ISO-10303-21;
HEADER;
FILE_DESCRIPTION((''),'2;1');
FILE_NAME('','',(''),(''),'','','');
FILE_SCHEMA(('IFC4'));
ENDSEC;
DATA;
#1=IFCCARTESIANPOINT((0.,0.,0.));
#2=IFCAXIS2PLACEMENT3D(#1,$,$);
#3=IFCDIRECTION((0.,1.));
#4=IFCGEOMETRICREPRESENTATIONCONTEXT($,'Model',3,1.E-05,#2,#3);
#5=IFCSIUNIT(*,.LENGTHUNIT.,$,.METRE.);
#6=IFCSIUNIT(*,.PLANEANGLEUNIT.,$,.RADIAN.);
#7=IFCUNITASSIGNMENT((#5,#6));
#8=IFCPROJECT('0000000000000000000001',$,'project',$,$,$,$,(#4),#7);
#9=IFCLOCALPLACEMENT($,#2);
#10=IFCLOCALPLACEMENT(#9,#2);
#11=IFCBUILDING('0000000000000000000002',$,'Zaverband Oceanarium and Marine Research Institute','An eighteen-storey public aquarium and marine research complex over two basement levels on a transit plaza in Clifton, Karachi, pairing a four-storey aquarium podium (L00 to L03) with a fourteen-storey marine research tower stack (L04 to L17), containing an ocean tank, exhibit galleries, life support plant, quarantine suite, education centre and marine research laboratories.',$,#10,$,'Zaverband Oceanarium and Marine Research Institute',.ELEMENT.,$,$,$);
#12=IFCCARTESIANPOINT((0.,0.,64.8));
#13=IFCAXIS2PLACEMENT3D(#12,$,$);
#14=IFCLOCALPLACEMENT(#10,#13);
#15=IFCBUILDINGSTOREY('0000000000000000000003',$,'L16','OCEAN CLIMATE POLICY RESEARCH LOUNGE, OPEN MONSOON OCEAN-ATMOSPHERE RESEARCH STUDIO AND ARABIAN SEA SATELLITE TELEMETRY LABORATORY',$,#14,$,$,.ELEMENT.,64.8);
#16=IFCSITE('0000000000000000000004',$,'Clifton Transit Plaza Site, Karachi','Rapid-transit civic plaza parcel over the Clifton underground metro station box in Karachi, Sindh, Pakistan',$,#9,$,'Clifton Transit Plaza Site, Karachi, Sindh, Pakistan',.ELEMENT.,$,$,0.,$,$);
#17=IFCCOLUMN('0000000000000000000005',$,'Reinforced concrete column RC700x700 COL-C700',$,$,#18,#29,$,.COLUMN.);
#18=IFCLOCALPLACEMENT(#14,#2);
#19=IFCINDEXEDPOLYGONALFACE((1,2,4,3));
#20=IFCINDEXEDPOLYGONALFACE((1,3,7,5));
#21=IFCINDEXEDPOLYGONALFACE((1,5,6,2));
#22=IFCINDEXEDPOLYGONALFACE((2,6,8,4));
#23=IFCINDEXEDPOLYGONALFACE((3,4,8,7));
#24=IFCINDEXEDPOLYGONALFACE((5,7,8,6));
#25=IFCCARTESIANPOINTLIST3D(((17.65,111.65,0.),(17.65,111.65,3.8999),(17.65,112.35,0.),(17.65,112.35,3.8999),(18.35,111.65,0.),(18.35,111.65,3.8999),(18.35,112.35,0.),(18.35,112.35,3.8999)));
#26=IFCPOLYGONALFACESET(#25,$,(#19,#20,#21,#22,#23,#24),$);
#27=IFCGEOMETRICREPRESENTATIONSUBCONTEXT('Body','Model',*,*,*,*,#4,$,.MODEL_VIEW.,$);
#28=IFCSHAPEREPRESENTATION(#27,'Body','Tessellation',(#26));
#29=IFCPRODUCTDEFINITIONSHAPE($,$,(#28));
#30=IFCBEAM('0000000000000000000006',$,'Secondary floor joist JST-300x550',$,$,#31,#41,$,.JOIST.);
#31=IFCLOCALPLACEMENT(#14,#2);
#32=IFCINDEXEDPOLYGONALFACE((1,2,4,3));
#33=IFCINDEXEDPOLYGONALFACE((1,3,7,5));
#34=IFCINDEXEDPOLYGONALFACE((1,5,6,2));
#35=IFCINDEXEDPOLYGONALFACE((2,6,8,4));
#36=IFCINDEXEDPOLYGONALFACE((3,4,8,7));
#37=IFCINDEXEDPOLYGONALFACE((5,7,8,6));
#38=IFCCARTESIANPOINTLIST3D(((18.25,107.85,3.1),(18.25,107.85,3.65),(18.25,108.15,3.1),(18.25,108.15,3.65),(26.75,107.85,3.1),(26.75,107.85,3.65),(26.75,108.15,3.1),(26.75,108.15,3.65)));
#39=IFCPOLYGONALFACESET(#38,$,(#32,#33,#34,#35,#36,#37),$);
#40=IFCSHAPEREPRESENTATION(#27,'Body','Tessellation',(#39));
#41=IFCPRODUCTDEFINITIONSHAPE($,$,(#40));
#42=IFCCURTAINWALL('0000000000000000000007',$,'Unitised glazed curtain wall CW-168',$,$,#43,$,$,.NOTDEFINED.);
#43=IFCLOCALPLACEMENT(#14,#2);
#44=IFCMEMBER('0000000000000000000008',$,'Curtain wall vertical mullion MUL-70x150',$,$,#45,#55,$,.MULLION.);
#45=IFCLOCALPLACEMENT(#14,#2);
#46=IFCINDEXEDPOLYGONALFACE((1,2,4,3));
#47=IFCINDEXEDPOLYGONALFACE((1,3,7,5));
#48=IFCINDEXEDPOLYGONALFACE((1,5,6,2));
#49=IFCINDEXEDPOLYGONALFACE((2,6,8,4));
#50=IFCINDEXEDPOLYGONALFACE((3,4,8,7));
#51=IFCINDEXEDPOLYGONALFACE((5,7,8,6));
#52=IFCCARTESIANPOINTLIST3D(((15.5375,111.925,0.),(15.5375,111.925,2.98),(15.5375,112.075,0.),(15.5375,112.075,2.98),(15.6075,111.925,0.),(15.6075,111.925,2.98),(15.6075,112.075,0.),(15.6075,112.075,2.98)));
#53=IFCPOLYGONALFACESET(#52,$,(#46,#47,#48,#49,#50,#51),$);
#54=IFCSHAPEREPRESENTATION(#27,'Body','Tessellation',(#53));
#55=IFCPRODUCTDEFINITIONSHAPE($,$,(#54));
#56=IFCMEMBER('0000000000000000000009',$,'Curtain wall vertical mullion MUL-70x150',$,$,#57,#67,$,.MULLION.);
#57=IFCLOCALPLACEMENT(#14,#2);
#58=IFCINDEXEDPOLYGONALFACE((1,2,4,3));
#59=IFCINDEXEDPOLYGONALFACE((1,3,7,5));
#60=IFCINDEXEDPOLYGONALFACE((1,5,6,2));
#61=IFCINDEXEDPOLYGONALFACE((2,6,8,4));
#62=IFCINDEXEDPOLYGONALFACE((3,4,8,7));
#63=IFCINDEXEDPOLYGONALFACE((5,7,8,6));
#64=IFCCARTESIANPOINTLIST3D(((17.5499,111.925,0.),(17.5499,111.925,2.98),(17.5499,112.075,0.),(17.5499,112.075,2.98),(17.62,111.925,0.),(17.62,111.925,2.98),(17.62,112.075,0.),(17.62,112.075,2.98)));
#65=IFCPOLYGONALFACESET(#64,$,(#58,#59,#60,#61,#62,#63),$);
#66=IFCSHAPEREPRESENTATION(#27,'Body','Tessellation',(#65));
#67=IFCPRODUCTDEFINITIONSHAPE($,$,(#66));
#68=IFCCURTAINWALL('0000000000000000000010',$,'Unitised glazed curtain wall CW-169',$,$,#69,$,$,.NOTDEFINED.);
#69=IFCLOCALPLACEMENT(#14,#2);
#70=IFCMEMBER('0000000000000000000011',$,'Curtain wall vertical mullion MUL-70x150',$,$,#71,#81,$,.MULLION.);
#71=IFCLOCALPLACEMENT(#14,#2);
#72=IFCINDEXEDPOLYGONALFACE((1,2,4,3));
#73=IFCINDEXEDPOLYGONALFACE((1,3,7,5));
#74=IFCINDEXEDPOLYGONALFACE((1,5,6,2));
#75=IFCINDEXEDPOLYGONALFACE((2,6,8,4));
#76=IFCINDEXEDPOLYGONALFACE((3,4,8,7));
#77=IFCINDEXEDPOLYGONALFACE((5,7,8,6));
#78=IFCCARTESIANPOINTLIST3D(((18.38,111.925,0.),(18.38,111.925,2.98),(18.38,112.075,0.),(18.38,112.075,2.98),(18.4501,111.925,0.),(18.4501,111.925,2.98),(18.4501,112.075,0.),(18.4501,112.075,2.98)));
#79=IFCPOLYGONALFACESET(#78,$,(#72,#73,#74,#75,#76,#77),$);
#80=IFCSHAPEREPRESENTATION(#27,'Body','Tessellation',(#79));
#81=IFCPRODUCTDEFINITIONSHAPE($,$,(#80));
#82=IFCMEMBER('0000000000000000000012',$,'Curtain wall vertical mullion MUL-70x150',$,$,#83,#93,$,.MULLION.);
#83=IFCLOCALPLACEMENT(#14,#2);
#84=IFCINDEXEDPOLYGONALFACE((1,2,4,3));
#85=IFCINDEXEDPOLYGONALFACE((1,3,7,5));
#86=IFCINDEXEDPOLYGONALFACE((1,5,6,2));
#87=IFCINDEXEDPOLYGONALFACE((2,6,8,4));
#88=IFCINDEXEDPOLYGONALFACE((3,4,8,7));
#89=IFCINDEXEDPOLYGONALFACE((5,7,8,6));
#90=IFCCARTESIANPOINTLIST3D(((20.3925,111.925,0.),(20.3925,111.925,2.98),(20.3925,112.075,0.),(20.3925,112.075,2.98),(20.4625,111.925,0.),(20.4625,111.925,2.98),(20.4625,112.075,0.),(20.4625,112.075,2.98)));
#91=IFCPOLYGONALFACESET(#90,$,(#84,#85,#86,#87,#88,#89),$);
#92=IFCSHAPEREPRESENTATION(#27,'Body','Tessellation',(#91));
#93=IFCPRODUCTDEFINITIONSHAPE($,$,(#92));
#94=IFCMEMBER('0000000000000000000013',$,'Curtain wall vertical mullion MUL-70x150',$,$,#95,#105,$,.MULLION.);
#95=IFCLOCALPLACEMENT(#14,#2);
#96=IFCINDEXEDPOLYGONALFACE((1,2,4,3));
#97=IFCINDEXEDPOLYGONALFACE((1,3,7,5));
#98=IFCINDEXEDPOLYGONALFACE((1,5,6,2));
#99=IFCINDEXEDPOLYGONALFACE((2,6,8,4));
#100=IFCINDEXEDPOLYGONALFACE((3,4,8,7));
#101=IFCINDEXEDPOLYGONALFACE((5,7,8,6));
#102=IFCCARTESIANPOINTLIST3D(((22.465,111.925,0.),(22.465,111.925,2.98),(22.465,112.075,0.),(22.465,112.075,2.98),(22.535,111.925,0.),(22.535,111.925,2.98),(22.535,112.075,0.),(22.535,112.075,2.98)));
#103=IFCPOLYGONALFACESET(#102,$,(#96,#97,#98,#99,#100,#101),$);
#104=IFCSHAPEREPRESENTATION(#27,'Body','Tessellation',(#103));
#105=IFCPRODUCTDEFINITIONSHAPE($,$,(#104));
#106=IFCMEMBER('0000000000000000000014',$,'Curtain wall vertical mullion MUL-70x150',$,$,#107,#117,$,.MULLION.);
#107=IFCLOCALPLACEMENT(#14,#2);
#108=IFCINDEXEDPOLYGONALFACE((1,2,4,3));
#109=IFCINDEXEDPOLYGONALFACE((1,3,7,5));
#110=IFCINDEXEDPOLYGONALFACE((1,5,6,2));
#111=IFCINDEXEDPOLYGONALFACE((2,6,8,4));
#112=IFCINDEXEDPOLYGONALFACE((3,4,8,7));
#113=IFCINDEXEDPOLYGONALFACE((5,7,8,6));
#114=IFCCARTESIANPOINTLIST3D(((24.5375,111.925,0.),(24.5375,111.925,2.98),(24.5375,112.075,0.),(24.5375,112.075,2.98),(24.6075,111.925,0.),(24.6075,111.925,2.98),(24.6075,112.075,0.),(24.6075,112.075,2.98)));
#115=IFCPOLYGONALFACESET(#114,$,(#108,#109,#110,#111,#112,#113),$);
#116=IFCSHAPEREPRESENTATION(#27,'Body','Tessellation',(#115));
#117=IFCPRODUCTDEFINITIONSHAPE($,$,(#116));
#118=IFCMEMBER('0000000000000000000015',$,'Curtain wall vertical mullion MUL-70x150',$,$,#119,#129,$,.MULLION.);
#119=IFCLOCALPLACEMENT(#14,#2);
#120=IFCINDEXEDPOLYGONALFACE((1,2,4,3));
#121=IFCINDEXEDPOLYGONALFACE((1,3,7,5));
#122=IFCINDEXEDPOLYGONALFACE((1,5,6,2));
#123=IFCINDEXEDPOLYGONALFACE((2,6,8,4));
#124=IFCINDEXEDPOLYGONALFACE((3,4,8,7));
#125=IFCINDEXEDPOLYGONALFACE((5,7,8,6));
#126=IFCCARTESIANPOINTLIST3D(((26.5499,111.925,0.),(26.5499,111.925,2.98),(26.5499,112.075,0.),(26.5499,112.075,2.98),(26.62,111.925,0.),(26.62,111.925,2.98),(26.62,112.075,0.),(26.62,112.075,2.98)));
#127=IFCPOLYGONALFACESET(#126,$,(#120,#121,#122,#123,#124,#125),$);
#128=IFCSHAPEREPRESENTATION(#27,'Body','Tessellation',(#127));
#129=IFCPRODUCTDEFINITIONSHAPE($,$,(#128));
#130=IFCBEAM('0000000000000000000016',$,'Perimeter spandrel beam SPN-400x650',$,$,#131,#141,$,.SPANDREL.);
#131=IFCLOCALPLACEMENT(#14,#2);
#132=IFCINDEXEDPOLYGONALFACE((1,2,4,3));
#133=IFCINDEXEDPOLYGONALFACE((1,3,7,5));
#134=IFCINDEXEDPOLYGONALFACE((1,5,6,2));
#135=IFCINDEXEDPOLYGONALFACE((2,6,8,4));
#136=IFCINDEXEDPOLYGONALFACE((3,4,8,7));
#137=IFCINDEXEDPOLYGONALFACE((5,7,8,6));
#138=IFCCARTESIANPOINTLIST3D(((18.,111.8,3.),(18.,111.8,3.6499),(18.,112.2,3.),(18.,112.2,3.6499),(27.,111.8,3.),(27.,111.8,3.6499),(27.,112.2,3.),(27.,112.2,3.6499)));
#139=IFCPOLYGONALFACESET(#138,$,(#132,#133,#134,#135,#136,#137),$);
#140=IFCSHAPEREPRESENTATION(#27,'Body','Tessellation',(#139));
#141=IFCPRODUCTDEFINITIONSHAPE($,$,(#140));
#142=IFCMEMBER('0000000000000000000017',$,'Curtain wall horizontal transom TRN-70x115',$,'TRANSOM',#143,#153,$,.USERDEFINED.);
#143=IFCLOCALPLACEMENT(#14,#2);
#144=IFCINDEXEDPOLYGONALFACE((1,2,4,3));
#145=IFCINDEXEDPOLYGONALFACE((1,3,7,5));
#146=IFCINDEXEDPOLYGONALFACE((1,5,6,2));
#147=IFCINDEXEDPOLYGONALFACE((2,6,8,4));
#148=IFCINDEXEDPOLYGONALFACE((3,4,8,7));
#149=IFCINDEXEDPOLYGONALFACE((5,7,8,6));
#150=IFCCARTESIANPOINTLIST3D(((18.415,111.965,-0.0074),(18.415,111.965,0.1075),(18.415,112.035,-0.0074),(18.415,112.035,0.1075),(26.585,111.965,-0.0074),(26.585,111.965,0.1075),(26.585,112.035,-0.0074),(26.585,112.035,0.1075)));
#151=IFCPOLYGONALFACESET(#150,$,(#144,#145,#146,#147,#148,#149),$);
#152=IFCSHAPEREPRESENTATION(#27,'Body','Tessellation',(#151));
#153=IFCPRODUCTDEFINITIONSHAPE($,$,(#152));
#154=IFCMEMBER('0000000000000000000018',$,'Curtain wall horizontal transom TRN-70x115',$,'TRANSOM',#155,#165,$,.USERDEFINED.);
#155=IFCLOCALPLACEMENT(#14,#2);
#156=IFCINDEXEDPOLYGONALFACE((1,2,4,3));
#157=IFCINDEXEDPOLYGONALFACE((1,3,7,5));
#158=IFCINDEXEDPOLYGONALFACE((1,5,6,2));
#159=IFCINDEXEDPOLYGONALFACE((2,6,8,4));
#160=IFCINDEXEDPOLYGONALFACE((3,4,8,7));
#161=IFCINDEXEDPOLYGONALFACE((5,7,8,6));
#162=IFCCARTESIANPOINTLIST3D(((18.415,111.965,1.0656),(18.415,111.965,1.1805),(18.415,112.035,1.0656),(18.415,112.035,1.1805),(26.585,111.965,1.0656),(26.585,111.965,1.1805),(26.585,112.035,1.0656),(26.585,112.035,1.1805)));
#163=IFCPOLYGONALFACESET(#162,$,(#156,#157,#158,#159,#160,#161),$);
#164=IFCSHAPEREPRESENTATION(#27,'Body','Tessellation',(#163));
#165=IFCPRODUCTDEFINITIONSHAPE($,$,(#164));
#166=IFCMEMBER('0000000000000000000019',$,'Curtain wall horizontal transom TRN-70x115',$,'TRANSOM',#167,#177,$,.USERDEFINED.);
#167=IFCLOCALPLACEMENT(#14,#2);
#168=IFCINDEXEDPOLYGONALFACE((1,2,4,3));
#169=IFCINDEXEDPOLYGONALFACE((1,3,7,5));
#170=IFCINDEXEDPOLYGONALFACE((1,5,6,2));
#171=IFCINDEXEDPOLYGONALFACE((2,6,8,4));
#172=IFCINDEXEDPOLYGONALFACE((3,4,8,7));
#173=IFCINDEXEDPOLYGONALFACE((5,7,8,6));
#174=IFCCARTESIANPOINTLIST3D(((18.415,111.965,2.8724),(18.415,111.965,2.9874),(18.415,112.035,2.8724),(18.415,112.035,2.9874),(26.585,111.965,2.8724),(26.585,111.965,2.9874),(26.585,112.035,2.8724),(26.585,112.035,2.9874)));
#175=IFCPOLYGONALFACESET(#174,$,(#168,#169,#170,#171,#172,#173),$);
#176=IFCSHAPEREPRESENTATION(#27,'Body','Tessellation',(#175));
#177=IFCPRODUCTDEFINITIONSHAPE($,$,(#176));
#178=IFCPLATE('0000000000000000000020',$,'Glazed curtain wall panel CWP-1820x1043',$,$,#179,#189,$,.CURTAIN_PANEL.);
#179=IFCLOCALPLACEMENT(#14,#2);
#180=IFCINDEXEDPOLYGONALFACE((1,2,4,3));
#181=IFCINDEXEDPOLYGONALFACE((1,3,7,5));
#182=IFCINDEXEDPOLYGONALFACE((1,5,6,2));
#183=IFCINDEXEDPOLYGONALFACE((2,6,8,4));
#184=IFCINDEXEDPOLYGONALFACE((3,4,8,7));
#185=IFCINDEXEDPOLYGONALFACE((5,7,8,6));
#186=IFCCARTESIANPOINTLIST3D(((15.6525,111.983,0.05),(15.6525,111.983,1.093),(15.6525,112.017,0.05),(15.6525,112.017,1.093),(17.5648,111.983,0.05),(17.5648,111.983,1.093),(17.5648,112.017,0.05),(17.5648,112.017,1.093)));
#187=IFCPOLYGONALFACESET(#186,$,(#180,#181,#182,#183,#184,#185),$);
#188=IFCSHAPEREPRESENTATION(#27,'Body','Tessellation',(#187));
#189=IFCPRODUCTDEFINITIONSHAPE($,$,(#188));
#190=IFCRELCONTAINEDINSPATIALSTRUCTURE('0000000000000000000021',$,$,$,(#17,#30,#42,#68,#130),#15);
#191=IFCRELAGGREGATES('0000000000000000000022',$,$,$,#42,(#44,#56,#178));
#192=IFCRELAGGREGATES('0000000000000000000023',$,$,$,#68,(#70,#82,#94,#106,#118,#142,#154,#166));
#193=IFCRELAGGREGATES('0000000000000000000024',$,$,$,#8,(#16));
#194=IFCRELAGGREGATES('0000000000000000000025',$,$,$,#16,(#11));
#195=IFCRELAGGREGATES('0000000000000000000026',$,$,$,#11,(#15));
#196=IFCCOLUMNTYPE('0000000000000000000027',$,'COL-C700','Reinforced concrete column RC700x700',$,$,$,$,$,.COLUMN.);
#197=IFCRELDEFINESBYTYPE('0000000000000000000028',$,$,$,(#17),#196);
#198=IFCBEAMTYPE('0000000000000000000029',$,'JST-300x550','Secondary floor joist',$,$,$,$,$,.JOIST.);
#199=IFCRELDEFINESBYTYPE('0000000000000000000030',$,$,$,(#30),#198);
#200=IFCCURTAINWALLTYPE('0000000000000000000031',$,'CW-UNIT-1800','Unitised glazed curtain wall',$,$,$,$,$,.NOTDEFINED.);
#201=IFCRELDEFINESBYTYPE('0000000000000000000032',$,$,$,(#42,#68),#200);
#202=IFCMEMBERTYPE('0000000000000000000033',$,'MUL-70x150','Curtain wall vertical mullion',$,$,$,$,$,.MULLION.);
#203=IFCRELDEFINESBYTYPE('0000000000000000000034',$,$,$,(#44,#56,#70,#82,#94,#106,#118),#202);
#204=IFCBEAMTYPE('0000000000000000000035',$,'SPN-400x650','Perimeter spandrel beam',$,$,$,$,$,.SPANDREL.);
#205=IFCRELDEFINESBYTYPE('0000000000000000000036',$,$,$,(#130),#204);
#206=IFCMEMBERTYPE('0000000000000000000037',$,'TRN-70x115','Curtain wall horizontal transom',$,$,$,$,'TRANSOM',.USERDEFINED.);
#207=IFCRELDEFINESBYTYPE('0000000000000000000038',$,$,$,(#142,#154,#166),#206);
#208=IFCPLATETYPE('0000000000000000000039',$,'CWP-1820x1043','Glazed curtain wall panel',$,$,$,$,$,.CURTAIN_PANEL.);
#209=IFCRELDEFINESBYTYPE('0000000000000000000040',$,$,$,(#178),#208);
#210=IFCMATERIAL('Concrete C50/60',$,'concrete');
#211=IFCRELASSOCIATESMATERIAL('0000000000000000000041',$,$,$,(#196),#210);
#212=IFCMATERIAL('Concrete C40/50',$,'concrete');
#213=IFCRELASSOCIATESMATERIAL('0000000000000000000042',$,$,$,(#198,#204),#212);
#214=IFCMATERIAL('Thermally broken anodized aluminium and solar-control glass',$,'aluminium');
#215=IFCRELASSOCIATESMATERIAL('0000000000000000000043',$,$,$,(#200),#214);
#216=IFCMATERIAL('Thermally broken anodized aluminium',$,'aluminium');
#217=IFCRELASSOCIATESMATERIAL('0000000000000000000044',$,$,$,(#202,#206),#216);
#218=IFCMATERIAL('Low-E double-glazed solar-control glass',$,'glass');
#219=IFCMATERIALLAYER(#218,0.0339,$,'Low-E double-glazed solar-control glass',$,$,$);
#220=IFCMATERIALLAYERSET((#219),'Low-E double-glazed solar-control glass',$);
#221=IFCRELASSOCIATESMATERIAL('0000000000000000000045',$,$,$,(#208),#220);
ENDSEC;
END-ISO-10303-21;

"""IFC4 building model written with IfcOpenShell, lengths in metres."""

from ifc_helpers import new_model, si_unit, direction, frame, frame_2d, origin, origin_2d, place, context, subcontext, project, spatial, rectangle, extrude, material, layer, layer_set, material_profile, profile_set, type_object, element, aggregate, save


model = new_model("IFC4")

# Units and contexts
model_context = context("Model", 3, precision=1e-05, world=origin(), true_north=direction((0.0, 1.0)))
body_context = subcontext(model_context, "Body", "Model", "MODEL_VIEW")
ifc_project = project(units=[si_unit("LENGTHUNIT", "METRE"), si_unit("PLANEANGLEUNIT", "RADIAN")], contexts=[model_context])

# Site, building, storey
site_placement = place(None, origin())
site = spatial("IfcSite", under=ifc_project, at=site_placement, Name="Clifton Transit Plaza Site, Karachi", Description="Rapid-transit civic plaza parcel over the Clifton underground metro station box in Karachi, Sindh, Pakistan", LongName="Clifton Transit Plaza Site, Karachi, Sindh, Pakistan", CompositionType="ELEMENT", RefElevation=0.0)
building_placement = place(site_placement, origin())
building = spatial("IfcBuilding", under=site, at=building_placement, Name="Zaverband Oceanarium and Marine Research Institute", Description="An eighteen-storey public aquarium and marine research complex over two basement levels on a transit plaza in Clifton, Karachi, pairing a four-storey aquarium podium (L00 to L03) with a fourteen-storey marine research tower stack (L04 to L17), containing an ocean tank, exhibit galleries, life support plant, quarantine suite, education centre and marine research laboratories.", LongName="Zaverband Oceanarium and Marine Research Institute", CompositionType="ELEMENT")
storey_placement = place(building_placement, frame((0.0, 0.0, 64.8)))
storey = spatial("IfcBuildingStorey", under=building, at=storey_placement, Name="L16", Description="OCEAN CLIMATE POLICY RESEARCH LOUNGE, OPEN MONSOON OCEAN-ATMOSPHERE RESEARCH STUDIO AND ARABIAN SEA SATELLITE TELEMETRY LABORATORY", CompositionType="ELEMENT", Elevation=64.8)

# Column
ifc_material_1 = material(Name="Concrete C50/60", Category="concrete")
ifc_material_profile_1 = material_profile(ifc_material_1, rectangle(XDim=0.7, YDim=0.7, at=origin_2d()), Name="RC700x700")
ifc_profile_set_1 = profile_set([ifc_material_profile_1], Name="Concrete C50/60")
column_type = type_object("IfcColumnType", Name="COL-C700", Description="Reinforced concrete column RC700x700", PredefinedType="COLUMN", material=ifc_profile_set_1)
column_placement = place(storey_placement, frame((18.0, 112.0, 0.0), z_axis=(0.0, 0.0, 1.0), x_axis=(1.0, 0.0, 0.0)))
element("IfcColumn", 1, at=column_placement, inside=storey, type_object=column_type, Name="Reinforced concrete column RC700x700 COL-C700", PredefinedType="COLUMN", context=body_context, shape_type="SweptSolid", body=[
    extrude(rectangle(XDim=0.7, YDim=0.7, at=origin_2d()), origin(), (0.0, 0.0, 1.0), 3.8999),
])

# Beam
ifc_material_2 = material(Name="Concrete C40/50", Category="concrete")
ifc_material_profile_2 = material_profile(ifc_material_2, rectangle(XDim=0.3, YDim=0.55, at=origin_2d()), Name="RC300x550")
ifc_profile_set_2 = profile_set([ifc_material_profile_2], Name="Concrete C40/50")
beam_type_1 = type_object("IfcBeamType", Name="JST-300x550", Description="Secondary floor joist", PredefinedType="JOIST", material=ifc_profile_set_2)
beam_1_placement = place(storey_placement, frame((18.25, 108.0, 3.375), z_axis=(1.0, 0.0, 0.0), x_axis=(0.0, 1.0, 0.0)))
element("IfcBeam", 2, at=beam_1_placement, inside=storey, type_object=beam_type_1, Name="Secondary floor joist JST-300x550", PredefinedType="JOIST", context=body_context, shape_type="SweptSolid", body=[
    extrude(rectangle(XDim=0.3, YDim=0.55, at=origin_2d()), origin(), (0.0, 0.0, 1.0), 8.5),
])

# Curtain walls, members
ifc_material_3 = material(Name="Thermally broken anodized aluminium and solar-control glass", Category="aluminium")
curtain_wall_type = type_object("IfcCurtainWallType", Name="CW-UNIT-1800", Description="Unitised glazed curtain wall", PredefinedType="NOTDEFINED", material=ifc_material_3)
curtain_wall_1_placement = place(storey_placement, origin())
curtain_wall_1 = element("IfcCurtainWall", 3, at=curtain_wall_1_placement, inside=storey, type_object=curtain_wall_type, Name="Unitised glazed curtain wall CW-168", PredefinedType="NOTDEFINED")
ifc_material_4 = material(Name="Thermally broken anodized aluminium", Category="aluminium")
ifc_material_profile_3 = material_profile(ifc_material_4, rectangle(XDim=0.0701, YDim=0.1499, at=origin_2d()), Name="AL-MUL-70x150")
ifc_profile_set_3 = profile_set([ifc_material_profile_3], Name="Thermally broken anodized aluminium")
member_type_1 = type_object("IfcMemberType", Name="MUL-70x150", Description="Curtain wall vertical mullion", PredefinedType="MULLION", material=ifc_profile_set_3)
member_1_placement = place(storey_placement, frame((15.5725, 112.0, 0.0), z_axis=(0.0, 0.0, 1.0), x_axis=(1.0, 0.0, 0.0)))
member_1 = element("IfcMember", 4, at=member_1_placement, type_object=member_type_1, Name="Curtain wall vertical mullion MUL-70x150", PredefinedType="MULLION", context=body_context, shape_type="SweptSolid", body=[
    extrude(rectangle(XDim=0.0701, YDim=0.1499, at=origin_2d()), origin(), (0.0, 0.0, 1.0), 2.98),
])
member_2_placement = place(storey_placement, frame((17.585, 112.0, 0.0), z_axis=(0.0, 0.0, 1.0), x_axis=(1.0, 0.0, 0.0)))
member_2 = element("IfcMember", 5, at=member_2_placement, type_object=member_type_1, Name="Curtain wall vertical mullion MUL-70x150", PredefinedType="MULLION", context=body_context, shape_type="SweptSolid", body=[
    extrude(rectangle(XDim=0.0701, YDim=0.1499, at=origin_2d()), origin(), (0.0, 0.0, 1.0), 2.98),
])
curtain_wall_2_placement = place(storey_placement, origin())
curtain_wall_2 = element("IfcCurtainWall", 6, at=curtain_wall_2_placement, inside=storey, type_object=curtain_wall_type, Name="Unitised glazed curtain wall CW-169", PredefinedType="NOTDEFINED")
member_3_placement = place(storey_placement, frame((18.415, 112.0, 0.0), z_axis=(0.0, 0.0, 1.0), x_axis=(1.0, 0.0, 0.0)))
member_3 = element("IfcMember", 7, at=member_3_placement, type_object=member_type_1, Name="Curtain wall vertical mullion MUL-70x150", PredefinedType="MULLION", context=body_context, shape_type="SweptSolid", body=[
    extrude(rectangle(XDim=0.0701, YDim=0.1499, at=origin_2d()), origin(), (0.0, 0.0, 1.0), 2.98),
])
member_4_placement = place(storey_placement, frame((20.4275, 112.0, 0.0), z_axis=(0.0, 0.0, 1.0), x_axis=(1.0, 0.0, 0.0)))
member_4 = element("IfcMember", 8, at=member_4_placement, type_object=member_type_1, Name="Curtain wall vertical mullion MUL-70x150", PredefinedType="MULLION", context=body_context, shape_type="SweptSolid", body=[
    extrude(rectangle(XDim=0.0701, YDim=0.1499, at=origin_2d()), origin(), (0.0, 0.0, 1.0), 2.98),
])
member_5_placement = place(storey_placement, frame((22.5, 112.0, 0.0), z_axis=(0.0, 0.0, 1.0), x_axis=(1.0, 0.0, 0.0)))
member_5 = element("IfcMember", 9, at=member_5_placement, type_object=member_type_1, Name="Curtain wall vertical mullion MUL-70x150", PredefinedType="MULLION", context=body_context, shape_type="SweptSolid", body=[
    extrude(rectangle(XDim=0.0701, YDim=0.1499, at=origin_2d()), origin(), (0.0, 0.0, 1.0), 2.98),
])
member_6_placement = place(storey_placement, frame((24.5725, 112.0, 0.0), z_axis=(0.0, 0.0, 1.0), x_axis=(1.0, 0.0, 0.0)))
member_6 = element("IfcMember", 10, at=member_6_placement, type_object=member_type_1, Name="Curtain wall vertical mullion MUL-70x150", PredefinedType="MULLION", context=body_context, shape_type="SweptSolid", body=[
    extrude(rectangle(XDim=0.0701, YDim=0.1499, at=origin_2d()), origin(), (0.0, 0.0, 1.0), 2.98),
])
member_7_placement = place(storey_placement, frame((26.585, 112.0, 0.0), z_axis=(0.0, 0.0, 1.0), x_axis=(1.0, 0.0, 0.0)))
member_7 = element("IfcMember", 11, at=member_7_placement, type_object=member_type_1, Name="Curtain wall vertical mullion MUL-70x150", PredefinedType="MULLION", context=body_context, shape_type="SweptSolid", body=[
    extrude(rectangle(XDim=0.0701, YDim=0.1499, at=origin_2d()), origin(), (0.0, 0.0, 1.0), 2.98),
])

# Beam
ifc_material_profile_4 = material_profile(ifc_material_2, rectangle(XDim=0.3999, YDim=0.6499, at=origin_2d()), Name="RC400x650")
ifc_profile_set_4 = profile_set([ifc_material_profile_4], Name="Concrete C40/50")
beam_type_2 = type_object("IfcBeamType", Name="SPN-400x650", Description="Perimeter spandrel beam", PredefinedType="SPANDREL", material=ifc_profile_set_4)
beam_2_placement = place(storey_placement, frame((18.0, 112.0, 3.325), z_axis=(1.0, 0.0, 0.0), x_axis=(0.0, 1.0, 0.0)))
element("IfcBeam", 12, at=beam_2_placement, inside=storey, type_object=beam_type_2, Name="Perimeter spandrel beam SPN-400x650", PredefinedType="SPANDREL", context=body_context, shape_type="SweptSolid", body=[
    extrude(rectangle(XDim=0.3999, YDim=0.6499, at=origin_2d()), origin(), (0.0, 0.0, 1.0), 9.0),
])

# Members
ifc_material_profile_5 = material_profile(ifc_material_4, rectangle(XDim=0.0701, YDim=0.115, at=origin_2d()), Name="AL-TRN-70x115")
ifc_profile_set_5 = profile_set([ifc_material_profile_5], Name="Thermally broken anodized aluminium")
member_type_2 = type_object("IfcMemberType", Name="TRN-70x115", Description="Curtain wall horizontal transom", ElementType="TRANSOM", PredefinedType="USERDEFINED", material=ifc_profile_set_5)
member_8_placement = place(storey_placement, frame((18.415, 112.0, 0.05), z_axis=(1.0, 0.0, 0.0), x_axis=(0.0, 1.0, 0.0)))
member_8 = element("IfcMember", 13, at=member_8_placement, type_object=member_type_2, Name="Curtain wall horizontal transom TRN-70x115", ObjectType="TRANSOM", PredefinedType="USERDEFINED", context=body_context, shape_type="SweptSolid", body=[
    extrude(rectangle(XDim=0.0701, YDim=0.115, at=origin_2d()), origin(), (0.0, 0.0, 1.0), 8.1699),
])
member_9_placement = place(storey_placement, frame((18.415, 112.0, 1.123), z_axis=(1.0, 0.0, 0.0), x_axis=(0.0, 1.0, 0.0)))
member_9 = element("IfcMember", 14, at=member_9_placement, type_object=member_type_2, Name="Curtain wall horizontal transom TRN-70x115", ObjectType="TRANSOM", PredefinedType="USERDEFINED", context=body_context, shape_type="SweptSolid", body=[
    extrude(rectangle(XDim=0.0701, YDim=0.115, at=origin_2d()), origin(), (0.0, 0.0, 1.0), 8.1699),
])
member_10_placement = place(storey_placement, frame((18.415, 112.0, 2.9299), z_axis=(1.0, 0.0, 0.0), x_axis=(0.0, 1.0, 0.0)))
member_10 = element("IfcMember", 15, at=member_10_placement, type_object=member_type_2, Name="Curtain wall horizontal transom TRN-70x115", ObjectType="TRANSOM", PredefinedType="USERDEFINED", context=body_context, shape_type="SweptSolid", body=[
    extrude(rectangle(XDim=0.0701, YDim=0.115, at=origin_2d()), origin(), (0.0, 0.0, 1.0), 8.1699),
])

# Plate
ifc_material_5 = material(Name="Low-E double-glazed solar-control glass", Category="glass")
ifc_layer_1 = layer(ifc_material_5, 0.0339, Name="Low-E double-glazed solar-control glass")
ifc_layer_set_1 = layer_set([ifc_layer_1], Name="Low-E double-glazed solar-control glass")
plate_type_1 = type_object("IfcPlateType", Name="CWP-1820x1043", Description="Glazed curtain wall panel", PredefinedType="CURTAIN_PANEL", material=ifc_layer_set_1)
plate_1_placement = place(storey_placement, frame((15.6526, 112.0, 0.05), z_axis=(0.0, 0.0, 1.0), x_axis=(1.0, 0.0, 0.0)))
plate_1 = element("IfcPlate", 16, at=plate_1_placement, type_object=plate_type_1, Name="Glazed curtain wall panel CWP-1820x1043", PredefinedType="CURTAIN_PANEL", context=body_context, shape_type="SweptSolid", body=[
    extrude(rectangle(XDim=1.9124, YDim=0.0339, at=frame_2d((0.9561, 0.0))), origin(), (0.0, 0.0, 1.0), 1.043),
])
aggregate(curtain_wall_1, [member_1, member_2, plate_1])
aggregate(curtain_wall_2, [member_3, member_4, member_5, member_6, member_7, member_8, member_9, member_10])

save(model, "model.ifc")
